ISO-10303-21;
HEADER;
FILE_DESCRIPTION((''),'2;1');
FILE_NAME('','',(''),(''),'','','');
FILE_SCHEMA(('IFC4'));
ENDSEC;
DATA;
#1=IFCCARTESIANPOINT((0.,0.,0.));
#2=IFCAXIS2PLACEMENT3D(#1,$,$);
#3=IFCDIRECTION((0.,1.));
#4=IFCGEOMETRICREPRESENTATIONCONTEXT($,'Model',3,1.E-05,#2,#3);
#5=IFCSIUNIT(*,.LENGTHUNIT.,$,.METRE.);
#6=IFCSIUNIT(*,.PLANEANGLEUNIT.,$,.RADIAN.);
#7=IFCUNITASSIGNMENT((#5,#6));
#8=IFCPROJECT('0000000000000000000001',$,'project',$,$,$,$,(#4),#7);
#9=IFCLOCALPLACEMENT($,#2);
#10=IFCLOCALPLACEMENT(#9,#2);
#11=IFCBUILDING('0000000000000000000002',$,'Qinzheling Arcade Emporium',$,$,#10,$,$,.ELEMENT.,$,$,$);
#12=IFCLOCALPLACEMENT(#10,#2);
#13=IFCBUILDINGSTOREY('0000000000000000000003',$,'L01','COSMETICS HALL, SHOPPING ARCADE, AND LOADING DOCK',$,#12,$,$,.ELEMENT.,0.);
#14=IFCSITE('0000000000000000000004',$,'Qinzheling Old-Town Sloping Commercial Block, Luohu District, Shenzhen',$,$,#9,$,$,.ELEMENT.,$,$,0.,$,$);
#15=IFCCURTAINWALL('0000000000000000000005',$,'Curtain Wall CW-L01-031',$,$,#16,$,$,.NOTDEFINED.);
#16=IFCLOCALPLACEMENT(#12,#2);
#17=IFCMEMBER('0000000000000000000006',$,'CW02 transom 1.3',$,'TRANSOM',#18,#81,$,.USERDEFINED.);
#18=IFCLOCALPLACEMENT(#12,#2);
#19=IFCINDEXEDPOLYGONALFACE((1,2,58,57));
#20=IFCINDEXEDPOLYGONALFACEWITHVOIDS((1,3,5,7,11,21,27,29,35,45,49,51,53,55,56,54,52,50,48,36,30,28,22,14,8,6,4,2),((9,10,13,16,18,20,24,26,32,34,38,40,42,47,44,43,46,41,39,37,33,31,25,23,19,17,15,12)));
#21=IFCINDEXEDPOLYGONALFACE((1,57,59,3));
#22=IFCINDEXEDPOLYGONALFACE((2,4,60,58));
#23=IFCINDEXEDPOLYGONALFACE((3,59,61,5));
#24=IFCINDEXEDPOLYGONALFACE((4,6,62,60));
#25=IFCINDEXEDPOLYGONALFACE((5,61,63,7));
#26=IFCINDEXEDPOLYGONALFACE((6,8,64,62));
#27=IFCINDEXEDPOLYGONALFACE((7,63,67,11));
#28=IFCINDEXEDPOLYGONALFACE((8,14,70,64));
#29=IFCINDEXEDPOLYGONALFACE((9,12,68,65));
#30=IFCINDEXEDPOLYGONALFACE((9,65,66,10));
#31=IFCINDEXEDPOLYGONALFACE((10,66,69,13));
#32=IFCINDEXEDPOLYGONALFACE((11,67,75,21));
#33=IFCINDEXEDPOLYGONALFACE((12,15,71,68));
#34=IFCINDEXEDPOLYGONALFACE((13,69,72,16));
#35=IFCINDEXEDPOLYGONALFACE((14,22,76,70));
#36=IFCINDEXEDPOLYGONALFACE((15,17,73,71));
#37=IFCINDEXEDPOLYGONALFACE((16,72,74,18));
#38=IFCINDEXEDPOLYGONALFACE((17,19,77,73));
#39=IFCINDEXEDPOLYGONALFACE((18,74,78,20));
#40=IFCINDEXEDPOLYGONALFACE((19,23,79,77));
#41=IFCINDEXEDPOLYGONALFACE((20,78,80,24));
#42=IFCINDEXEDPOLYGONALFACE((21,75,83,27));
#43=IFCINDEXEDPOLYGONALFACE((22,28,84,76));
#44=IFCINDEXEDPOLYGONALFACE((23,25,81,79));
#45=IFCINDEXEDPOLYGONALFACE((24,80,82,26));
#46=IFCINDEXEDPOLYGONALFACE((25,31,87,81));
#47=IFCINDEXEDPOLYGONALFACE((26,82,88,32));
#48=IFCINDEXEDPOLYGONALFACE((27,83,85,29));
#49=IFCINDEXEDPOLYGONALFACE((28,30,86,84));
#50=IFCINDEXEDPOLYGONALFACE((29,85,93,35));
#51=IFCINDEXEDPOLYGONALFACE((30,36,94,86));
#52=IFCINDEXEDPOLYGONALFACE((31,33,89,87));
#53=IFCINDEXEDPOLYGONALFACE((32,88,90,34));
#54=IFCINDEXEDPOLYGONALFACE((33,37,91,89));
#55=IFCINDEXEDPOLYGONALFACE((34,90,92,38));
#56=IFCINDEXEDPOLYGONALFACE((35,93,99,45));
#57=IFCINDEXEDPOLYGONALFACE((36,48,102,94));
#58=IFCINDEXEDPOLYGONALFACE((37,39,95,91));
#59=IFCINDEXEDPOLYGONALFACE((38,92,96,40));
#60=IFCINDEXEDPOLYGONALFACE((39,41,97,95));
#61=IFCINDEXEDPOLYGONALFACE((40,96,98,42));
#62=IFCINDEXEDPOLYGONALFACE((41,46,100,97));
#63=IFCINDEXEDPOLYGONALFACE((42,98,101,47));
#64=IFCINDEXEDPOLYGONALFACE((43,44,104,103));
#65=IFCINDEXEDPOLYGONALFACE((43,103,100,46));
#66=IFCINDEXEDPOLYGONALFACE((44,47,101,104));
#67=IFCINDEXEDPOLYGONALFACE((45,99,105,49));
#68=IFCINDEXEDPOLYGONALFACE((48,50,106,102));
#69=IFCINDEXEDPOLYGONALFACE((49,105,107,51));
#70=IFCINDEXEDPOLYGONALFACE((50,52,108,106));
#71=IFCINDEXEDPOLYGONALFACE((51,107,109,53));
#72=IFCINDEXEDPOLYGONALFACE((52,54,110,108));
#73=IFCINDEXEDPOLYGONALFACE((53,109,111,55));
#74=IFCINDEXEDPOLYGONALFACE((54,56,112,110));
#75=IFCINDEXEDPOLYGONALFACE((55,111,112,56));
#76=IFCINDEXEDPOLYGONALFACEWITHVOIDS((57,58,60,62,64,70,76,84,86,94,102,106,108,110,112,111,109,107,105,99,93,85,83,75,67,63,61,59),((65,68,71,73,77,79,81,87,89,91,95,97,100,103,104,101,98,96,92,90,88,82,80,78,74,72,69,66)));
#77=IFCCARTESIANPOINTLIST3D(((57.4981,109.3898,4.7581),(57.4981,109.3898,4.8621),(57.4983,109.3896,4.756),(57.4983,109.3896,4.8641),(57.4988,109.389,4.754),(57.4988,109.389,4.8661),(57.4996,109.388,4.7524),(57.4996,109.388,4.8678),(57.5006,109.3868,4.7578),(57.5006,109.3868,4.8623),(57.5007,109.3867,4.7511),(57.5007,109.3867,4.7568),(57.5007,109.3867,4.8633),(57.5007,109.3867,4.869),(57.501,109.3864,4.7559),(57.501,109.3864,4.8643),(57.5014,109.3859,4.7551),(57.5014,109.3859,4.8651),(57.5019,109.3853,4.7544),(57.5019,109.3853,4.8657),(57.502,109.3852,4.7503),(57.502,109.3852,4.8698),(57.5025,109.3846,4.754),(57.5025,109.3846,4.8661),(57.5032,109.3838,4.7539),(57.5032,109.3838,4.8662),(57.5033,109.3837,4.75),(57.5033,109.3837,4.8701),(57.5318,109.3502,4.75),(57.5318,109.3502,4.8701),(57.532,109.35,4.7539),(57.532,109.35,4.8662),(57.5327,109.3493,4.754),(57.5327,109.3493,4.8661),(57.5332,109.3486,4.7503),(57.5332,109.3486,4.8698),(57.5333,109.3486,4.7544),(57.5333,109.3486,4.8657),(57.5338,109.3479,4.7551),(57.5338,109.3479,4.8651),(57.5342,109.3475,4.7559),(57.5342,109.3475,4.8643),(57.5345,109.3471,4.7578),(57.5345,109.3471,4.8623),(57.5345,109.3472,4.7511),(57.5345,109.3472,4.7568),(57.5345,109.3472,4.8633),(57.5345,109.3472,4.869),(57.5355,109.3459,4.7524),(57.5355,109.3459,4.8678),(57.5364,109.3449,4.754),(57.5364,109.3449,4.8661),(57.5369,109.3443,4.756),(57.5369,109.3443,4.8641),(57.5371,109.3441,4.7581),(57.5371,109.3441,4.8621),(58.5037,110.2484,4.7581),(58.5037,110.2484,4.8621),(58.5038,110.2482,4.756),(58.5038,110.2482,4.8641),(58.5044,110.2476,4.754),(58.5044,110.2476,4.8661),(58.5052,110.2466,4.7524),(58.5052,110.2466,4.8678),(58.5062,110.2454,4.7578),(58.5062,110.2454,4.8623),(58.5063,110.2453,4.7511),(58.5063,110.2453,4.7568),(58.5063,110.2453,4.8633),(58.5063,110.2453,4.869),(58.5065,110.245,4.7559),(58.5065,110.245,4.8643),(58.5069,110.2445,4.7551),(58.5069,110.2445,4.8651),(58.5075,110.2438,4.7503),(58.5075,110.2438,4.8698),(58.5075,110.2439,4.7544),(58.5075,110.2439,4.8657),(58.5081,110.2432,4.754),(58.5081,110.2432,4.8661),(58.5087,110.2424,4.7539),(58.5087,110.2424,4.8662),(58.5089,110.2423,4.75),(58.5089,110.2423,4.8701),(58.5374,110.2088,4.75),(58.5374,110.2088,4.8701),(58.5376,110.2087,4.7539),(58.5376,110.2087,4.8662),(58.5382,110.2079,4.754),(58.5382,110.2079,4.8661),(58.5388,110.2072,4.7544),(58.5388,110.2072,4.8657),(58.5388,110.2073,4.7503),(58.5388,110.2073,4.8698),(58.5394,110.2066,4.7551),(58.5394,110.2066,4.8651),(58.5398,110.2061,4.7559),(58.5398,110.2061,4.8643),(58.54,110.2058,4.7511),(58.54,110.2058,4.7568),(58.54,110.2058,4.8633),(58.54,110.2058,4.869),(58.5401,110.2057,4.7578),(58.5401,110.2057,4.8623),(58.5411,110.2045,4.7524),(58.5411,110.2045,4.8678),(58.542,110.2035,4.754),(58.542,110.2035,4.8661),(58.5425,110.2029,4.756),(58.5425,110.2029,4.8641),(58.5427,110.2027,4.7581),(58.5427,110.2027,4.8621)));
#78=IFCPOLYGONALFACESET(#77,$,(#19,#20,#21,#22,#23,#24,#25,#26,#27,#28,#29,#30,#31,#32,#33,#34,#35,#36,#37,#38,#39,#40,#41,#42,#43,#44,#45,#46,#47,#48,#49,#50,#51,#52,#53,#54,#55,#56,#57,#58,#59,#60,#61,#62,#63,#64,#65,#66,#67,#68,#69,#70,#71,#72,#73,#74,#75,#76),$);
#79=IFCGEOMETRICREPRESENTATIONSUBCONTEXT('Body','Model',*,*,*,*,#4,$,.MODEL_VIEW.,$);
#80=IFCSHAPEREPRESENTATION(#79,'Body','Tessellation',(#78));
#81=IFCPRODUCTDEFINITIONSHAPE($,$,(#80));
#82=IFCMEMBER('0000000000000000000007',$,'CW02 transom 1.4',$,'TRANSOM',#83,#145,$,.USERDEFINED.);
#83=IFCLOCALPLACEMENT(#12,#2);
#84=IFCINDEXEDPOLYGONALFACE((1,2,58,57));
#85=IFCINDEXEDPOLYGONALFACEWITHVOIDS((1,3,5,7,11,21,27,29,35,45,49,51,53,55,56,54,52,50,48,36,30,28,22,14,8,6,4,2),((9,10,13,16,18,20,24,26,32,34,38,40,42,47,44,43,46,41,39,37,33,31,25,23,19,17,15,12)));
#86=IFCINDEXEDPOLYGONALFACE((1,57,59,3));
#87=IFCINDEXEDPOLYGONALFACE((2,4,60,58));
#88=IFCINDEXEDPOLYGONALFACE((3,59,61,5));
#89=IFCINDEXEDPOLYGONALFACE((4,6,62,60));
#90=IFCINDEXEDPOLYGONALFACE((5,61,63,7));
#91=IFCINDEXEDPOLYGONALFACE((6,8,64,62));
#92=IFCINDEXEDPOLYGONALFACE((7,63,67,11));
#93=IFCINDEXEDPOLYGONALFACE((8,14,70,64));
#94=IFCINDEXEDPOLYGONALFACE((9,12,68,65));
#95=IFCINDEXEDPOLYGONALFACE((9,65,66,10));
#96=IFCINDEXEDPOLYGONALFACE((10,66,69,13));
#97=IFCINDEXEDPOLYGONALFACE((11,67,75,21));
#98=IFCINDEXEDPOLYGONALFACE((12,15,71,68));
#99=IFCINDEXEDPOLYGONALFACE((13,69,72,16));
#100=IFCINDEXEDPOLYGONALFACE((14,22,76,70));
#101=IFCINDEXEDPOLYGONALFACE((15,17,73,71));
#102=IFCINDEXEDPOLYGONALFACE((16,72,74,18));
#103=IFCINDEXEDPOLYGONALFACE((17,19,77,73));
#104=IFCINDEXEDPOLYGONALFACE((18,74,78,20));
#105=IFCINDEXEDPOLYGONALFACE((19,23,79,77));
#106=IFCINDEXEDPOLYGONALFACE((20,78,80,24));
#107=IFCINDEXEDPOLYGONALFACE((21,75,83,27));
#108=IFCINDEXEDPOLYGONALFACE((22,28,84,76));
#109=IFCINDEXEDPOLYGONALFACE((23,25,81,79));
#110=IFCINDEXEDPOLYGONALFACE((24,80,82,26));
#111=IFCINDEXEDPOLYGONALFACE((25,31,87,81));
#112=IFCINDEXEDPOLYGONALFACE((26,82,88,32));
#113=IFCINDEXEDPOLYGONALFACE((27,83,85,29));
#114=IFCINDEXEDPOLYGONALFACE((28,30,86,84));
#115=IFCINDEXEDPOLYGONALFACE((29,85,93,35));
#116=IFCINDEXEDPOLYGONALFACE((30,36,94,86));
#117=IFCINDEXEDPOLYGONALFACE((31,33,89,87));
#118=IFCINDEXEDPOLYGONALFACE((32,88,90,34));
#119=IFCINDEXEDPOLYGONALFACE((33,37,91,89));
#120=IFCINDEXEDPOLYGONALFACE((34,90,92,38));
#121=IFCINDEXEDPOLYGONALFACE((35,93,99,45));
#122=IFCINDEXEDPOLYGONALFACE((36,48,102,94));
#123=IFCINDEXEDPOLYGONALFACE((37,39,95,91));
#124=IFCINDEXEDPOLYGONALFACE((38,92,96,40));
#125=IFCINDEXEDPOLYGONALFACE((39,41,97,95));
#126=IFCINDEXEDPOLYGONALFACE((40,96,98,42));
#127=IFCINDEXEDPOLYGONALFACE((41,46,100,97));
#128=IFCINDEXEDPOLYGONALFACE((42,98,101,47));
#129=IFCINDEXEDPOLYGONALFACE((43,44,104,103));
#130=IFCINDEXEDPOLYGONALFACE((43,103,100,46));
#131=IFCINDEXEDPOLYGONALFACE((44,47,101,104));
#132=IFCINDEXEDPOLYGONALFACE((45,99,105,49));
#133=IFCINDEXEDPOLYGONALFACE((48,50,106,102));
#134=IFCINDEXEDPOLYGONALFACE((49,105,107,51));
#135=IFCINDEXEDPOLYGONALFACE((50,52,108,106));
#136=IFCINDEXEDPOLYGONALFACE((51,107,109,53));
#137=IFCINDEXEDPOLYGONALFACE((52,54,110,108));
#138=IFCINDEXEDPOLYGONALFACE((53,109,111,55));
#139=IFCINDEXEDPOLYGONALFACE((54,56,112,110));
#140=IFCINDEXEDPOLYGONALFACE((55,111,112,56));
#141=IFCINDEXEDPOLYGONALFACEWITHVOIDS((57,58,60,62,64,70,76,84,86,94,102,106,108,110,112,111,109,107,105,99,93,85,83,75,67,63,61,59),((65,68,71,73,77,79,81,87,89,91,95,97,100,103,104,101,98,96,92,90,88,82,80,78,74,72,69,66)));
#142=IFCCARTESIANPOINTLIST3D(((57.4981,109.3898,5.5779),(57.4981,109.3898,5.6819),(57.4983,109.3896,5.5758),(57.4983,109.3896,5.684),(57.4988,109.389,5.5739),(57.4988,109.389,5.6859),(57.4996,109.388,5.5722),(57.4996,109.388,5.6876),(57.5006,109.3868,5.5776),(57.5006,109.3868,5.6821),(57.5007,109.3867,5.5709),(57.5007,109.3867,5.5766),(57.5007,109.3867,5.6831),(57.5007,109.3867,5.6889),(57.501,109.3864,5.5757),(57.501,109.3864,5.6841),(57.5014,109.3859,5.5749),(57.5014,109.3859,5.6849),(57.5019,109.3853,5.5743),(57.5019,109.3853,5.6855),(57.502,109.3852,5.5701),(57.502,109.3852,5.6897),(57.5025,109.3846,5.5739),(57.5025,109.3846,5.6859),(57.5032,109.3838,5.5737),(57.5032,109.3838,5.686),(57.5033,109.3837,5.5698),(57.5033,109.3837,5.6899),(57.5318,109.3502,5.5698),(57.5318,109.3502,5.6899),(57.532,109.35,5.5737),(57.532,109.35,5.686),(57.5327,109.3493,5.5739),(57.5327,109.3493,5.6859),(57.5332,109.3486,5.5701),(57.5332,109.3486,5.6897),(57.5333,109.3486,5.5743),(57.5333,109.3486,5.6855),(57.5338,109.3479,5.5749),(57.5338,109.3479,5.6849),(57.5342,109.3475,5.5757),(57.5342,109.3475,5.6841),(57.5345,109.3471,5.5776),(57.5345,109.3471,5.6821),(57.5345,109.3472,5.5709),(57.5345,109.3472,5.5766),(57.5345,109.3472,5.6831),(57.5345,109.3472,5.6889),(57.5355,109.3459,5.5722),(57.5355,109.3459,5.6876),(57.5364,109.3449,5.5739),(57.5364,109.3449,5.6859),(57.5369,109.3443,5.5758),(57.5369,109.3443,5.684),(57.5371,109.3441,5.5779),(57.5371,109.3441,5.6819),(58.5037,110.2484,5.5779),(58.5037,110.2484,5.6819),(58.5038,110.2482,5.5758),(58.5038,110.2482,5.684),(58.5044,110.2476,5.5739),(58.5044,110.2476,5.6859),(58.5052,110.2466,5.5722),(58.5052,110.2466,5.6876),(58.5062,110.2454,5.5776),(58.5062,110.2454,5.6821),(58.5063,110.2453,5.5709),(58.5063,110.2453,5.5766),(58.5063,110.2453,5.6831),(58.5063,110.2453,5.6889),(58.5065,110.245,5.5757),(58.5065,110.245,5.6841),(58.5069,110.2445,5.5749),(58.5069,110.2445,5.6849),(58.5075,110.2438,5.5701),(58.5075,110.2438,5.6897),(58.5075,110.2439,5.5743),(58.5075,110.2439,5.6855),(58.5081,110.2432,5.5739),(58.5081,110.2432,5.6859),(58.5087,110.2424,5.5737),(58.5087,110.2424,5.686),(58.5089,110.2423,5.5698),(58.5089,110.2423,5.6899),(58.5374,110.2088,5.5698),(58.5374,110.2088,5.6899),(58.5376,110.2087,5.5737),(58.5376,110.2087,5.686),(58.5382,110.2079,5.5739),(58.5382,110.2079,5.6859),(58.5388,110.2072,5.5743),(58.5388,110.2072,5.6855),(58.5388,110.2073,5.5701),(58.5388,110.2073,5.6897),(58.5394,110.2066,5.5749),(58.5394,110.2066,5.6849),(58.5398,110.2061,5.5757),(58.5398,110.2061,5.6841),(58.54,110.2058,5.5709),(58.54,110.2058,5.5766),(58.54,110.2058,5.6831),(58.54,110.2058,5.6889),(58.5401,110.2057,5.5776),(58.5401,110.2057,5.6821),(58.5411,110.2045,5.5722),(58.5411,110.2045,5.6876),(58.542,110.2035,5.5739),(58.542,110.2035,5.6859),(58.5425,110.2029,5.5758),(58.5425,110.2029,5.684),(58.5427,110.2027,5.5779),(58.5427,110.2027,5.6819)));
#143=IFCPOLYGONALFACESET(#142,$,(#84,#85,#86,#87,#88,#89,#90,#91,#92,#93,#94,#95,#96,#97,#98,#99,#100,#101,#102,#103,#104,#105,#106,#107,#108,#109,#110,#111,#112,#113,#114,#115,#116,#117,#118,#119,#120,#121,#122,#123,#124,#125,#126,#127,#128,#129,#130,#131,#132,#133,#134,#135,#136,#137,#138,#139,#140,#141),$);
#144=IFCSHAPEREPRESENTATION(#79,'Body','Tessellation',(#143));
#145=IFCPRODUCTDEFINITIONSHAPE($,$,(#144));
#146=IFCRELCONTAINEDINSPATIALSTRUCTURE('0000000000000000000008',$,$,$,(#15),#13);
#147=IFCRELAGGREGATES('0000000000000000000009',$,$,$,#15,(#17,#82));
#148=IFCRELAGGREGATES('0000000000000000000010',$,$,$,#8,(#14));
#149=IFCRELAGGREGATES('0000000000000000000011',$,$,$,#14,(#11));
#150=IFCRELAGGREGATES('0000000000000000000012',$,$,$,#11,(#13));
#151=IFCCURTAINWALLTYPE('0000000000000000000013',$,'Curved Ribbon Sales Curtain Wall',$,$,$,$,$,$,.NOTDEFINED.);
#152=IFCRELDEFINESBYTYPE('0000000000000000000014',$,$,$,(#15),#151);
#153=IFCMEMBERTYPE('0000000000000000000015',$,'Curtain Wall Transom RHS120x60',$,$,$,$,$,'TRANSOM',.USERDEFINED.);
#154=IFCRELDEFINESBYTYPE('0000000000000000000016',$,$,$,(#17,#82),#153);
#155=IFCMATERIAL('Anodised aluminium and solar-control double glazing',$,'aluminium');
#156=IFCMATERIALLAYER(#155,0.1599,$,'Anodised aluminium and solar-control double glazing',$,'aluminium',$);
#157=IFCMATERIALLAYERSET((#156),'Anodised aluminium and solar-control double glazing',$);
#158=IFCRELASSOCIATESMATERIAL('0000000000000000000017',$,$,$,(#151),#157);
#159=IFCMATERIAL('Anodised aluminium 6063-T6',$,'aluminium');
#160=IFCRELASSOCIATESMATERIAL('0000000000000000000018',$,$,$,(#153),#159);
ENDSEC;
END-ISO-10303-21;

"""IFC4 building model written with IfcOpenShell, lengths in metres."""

from ifc_helpers import new_model, si_unit, direction, frame, origin, origin_2d, place, context, subcontext, project, spatial, hollow_rectangle, extrude, material, layer, layer_set, material_profile, profile_set, type_object, element, aggregate, save


model = new_model("IFC4")

# Units and contexts
model_context = context("Model", 3, precision=1e-05, world=origin(), true_north=direction((0.0, 1.0)))
body_context = subcontext(model_context, "Body", "Model", "MODEL_VIEW")
ifc_project = project(units=[si_unit("LENGTHUNIT", "METRE"), si_unit("PLANEANGLEUNIT", "RADIAN")], contexts=[model_context])

# Site, building, storey
site_placement = place(None, origin())
site = spatial("IfcSite", under=ifc_project, at=site_placement, Name="Qinzheling Old-Town Sloping Commercial Block, Luohu District, Shenzhen", CompositionType="ELEMENT", RefElevation=0.0)
building_placement = place(site_placement, origin())
building = spatial("IfcBuilding", under=site, at=building_placement, Name="Qinzheling Arcade Emporium", CompositionType="ELEMENT")
storey_placement = place(building_placement, origin())
storey = spatial("IfcBuildingStorey", under=building, at=storey_placement, Name="L01", Description="COSMETICS HALL, SHOPPING ARCADE, AND LOADING DOCK", CompositionType="ELEMENT", Elevation=0.0)

# Shared definitions
ifc_material_1 = material(Name="Anodised aluminium and solar-control double glazing", Category="aluminium")
ifc_layer_1 = layer(ifc_material_1, 0.1599, Name="Anodised aluminium and solar-control double glazing", Category="aluminium")
ifc_layer_set_1 = layer_set([ifc_layer_1], Name="Anodised aluminium and solar-control double glazing")
curtain_wall_type = type_object("IfcCurtainWallType", Name="Curved Ribbon Sales Curtain Wall", PredefinedType="NOTDEFINED", material=ifc_layer_set_1)
ifc_material_2 = material(Name="Anodised aluminium 6063-T6", Category="aluminium")

# Curtain wall
curtain_wall_1_placement = place(storey_placement, origin())
curtain_wall_1 = element("IfcCurtainWall", 1, at=curtain_wall_1_placement, inside=storey, type_object=curtain_wall_type, Name="Curtain Wall CW-L01-031", PredefinedType="NOTDEFINED")

# Members
ifc_material_profile_1 = material_profile(ifc_material_2, hollow_rectangle(XDim=0.0601, YDim=0.1201, WallThickness=0.0039, InnerFilletRadius=0.0039, OuterFilletRadius=0.0081, at=origin_2d()), Name="RHS 120x60x4", Category="aluminium")
ifc_profile_set_1 = profile_set([ifc_material_profile_1], Name="Anodised aluminium 6063-T6")
member_type_1 = type_object("IfcMemberType", Name="Curtain Wall Transom RHS120x60", ElementType="TRANSOM", PredefinedType="USERDEFINED", material=ifc_profile_set_1)
member_1_placement = place(storey_placement, frame((57.5176, 109.3669, 4.8101), z_axis=(0.760493, 0.649346, 0.0), x_axis=(-0.649346, 0.760493, 0.0)))
member_1 = element("IfcMember", 2, at=member_1_placement, type_object=member_type_1, Name="CW02 transom 1.3", ObjectType="TRANSOM", PredefinedType="USERDEFINED", context=body_context, shape_type="SweptSolid", body=[
    extrude(hollow_rectangle(XDim=0.0601, YDim=0.1201, WallThickness=0.0039, InnerFilletRadius=0.0039, OuterFilletRadius=0.0081, at=origin_2d()), origin(), (0.0, 0.0, 1.0), 1.3223),
])
member_2_placement = place(storey_placement, frame((57.5176, 109.3669, 5.6299), z_axis=(0.760493, 0.649346, 0.0), x_axis=(-0.649346, 0.760493, 0.0)))
member_2 = element("IfcMember", 3, at=member_2_placement, type_object=member_type_1, Name="CW02 transom 1.4", ObjectType="TRANSOM", PredefinedType="USERDEFINED", context=body_context, shape_type="SweptSolid", body=[
    extrude(hollow_rectangle(XDim=0.0601, YDim=0.1201, WallThickness=0.0039, InnerFilletRadius=0.0039, OuterFilletRadius=0.0081, at=origin_2d()), origin(), (0.0, 0.0, 1.0), 1.3223),
])

aggregate(curtain_wall_1, [member_1, member_2])

save(model, "model.ifc")
